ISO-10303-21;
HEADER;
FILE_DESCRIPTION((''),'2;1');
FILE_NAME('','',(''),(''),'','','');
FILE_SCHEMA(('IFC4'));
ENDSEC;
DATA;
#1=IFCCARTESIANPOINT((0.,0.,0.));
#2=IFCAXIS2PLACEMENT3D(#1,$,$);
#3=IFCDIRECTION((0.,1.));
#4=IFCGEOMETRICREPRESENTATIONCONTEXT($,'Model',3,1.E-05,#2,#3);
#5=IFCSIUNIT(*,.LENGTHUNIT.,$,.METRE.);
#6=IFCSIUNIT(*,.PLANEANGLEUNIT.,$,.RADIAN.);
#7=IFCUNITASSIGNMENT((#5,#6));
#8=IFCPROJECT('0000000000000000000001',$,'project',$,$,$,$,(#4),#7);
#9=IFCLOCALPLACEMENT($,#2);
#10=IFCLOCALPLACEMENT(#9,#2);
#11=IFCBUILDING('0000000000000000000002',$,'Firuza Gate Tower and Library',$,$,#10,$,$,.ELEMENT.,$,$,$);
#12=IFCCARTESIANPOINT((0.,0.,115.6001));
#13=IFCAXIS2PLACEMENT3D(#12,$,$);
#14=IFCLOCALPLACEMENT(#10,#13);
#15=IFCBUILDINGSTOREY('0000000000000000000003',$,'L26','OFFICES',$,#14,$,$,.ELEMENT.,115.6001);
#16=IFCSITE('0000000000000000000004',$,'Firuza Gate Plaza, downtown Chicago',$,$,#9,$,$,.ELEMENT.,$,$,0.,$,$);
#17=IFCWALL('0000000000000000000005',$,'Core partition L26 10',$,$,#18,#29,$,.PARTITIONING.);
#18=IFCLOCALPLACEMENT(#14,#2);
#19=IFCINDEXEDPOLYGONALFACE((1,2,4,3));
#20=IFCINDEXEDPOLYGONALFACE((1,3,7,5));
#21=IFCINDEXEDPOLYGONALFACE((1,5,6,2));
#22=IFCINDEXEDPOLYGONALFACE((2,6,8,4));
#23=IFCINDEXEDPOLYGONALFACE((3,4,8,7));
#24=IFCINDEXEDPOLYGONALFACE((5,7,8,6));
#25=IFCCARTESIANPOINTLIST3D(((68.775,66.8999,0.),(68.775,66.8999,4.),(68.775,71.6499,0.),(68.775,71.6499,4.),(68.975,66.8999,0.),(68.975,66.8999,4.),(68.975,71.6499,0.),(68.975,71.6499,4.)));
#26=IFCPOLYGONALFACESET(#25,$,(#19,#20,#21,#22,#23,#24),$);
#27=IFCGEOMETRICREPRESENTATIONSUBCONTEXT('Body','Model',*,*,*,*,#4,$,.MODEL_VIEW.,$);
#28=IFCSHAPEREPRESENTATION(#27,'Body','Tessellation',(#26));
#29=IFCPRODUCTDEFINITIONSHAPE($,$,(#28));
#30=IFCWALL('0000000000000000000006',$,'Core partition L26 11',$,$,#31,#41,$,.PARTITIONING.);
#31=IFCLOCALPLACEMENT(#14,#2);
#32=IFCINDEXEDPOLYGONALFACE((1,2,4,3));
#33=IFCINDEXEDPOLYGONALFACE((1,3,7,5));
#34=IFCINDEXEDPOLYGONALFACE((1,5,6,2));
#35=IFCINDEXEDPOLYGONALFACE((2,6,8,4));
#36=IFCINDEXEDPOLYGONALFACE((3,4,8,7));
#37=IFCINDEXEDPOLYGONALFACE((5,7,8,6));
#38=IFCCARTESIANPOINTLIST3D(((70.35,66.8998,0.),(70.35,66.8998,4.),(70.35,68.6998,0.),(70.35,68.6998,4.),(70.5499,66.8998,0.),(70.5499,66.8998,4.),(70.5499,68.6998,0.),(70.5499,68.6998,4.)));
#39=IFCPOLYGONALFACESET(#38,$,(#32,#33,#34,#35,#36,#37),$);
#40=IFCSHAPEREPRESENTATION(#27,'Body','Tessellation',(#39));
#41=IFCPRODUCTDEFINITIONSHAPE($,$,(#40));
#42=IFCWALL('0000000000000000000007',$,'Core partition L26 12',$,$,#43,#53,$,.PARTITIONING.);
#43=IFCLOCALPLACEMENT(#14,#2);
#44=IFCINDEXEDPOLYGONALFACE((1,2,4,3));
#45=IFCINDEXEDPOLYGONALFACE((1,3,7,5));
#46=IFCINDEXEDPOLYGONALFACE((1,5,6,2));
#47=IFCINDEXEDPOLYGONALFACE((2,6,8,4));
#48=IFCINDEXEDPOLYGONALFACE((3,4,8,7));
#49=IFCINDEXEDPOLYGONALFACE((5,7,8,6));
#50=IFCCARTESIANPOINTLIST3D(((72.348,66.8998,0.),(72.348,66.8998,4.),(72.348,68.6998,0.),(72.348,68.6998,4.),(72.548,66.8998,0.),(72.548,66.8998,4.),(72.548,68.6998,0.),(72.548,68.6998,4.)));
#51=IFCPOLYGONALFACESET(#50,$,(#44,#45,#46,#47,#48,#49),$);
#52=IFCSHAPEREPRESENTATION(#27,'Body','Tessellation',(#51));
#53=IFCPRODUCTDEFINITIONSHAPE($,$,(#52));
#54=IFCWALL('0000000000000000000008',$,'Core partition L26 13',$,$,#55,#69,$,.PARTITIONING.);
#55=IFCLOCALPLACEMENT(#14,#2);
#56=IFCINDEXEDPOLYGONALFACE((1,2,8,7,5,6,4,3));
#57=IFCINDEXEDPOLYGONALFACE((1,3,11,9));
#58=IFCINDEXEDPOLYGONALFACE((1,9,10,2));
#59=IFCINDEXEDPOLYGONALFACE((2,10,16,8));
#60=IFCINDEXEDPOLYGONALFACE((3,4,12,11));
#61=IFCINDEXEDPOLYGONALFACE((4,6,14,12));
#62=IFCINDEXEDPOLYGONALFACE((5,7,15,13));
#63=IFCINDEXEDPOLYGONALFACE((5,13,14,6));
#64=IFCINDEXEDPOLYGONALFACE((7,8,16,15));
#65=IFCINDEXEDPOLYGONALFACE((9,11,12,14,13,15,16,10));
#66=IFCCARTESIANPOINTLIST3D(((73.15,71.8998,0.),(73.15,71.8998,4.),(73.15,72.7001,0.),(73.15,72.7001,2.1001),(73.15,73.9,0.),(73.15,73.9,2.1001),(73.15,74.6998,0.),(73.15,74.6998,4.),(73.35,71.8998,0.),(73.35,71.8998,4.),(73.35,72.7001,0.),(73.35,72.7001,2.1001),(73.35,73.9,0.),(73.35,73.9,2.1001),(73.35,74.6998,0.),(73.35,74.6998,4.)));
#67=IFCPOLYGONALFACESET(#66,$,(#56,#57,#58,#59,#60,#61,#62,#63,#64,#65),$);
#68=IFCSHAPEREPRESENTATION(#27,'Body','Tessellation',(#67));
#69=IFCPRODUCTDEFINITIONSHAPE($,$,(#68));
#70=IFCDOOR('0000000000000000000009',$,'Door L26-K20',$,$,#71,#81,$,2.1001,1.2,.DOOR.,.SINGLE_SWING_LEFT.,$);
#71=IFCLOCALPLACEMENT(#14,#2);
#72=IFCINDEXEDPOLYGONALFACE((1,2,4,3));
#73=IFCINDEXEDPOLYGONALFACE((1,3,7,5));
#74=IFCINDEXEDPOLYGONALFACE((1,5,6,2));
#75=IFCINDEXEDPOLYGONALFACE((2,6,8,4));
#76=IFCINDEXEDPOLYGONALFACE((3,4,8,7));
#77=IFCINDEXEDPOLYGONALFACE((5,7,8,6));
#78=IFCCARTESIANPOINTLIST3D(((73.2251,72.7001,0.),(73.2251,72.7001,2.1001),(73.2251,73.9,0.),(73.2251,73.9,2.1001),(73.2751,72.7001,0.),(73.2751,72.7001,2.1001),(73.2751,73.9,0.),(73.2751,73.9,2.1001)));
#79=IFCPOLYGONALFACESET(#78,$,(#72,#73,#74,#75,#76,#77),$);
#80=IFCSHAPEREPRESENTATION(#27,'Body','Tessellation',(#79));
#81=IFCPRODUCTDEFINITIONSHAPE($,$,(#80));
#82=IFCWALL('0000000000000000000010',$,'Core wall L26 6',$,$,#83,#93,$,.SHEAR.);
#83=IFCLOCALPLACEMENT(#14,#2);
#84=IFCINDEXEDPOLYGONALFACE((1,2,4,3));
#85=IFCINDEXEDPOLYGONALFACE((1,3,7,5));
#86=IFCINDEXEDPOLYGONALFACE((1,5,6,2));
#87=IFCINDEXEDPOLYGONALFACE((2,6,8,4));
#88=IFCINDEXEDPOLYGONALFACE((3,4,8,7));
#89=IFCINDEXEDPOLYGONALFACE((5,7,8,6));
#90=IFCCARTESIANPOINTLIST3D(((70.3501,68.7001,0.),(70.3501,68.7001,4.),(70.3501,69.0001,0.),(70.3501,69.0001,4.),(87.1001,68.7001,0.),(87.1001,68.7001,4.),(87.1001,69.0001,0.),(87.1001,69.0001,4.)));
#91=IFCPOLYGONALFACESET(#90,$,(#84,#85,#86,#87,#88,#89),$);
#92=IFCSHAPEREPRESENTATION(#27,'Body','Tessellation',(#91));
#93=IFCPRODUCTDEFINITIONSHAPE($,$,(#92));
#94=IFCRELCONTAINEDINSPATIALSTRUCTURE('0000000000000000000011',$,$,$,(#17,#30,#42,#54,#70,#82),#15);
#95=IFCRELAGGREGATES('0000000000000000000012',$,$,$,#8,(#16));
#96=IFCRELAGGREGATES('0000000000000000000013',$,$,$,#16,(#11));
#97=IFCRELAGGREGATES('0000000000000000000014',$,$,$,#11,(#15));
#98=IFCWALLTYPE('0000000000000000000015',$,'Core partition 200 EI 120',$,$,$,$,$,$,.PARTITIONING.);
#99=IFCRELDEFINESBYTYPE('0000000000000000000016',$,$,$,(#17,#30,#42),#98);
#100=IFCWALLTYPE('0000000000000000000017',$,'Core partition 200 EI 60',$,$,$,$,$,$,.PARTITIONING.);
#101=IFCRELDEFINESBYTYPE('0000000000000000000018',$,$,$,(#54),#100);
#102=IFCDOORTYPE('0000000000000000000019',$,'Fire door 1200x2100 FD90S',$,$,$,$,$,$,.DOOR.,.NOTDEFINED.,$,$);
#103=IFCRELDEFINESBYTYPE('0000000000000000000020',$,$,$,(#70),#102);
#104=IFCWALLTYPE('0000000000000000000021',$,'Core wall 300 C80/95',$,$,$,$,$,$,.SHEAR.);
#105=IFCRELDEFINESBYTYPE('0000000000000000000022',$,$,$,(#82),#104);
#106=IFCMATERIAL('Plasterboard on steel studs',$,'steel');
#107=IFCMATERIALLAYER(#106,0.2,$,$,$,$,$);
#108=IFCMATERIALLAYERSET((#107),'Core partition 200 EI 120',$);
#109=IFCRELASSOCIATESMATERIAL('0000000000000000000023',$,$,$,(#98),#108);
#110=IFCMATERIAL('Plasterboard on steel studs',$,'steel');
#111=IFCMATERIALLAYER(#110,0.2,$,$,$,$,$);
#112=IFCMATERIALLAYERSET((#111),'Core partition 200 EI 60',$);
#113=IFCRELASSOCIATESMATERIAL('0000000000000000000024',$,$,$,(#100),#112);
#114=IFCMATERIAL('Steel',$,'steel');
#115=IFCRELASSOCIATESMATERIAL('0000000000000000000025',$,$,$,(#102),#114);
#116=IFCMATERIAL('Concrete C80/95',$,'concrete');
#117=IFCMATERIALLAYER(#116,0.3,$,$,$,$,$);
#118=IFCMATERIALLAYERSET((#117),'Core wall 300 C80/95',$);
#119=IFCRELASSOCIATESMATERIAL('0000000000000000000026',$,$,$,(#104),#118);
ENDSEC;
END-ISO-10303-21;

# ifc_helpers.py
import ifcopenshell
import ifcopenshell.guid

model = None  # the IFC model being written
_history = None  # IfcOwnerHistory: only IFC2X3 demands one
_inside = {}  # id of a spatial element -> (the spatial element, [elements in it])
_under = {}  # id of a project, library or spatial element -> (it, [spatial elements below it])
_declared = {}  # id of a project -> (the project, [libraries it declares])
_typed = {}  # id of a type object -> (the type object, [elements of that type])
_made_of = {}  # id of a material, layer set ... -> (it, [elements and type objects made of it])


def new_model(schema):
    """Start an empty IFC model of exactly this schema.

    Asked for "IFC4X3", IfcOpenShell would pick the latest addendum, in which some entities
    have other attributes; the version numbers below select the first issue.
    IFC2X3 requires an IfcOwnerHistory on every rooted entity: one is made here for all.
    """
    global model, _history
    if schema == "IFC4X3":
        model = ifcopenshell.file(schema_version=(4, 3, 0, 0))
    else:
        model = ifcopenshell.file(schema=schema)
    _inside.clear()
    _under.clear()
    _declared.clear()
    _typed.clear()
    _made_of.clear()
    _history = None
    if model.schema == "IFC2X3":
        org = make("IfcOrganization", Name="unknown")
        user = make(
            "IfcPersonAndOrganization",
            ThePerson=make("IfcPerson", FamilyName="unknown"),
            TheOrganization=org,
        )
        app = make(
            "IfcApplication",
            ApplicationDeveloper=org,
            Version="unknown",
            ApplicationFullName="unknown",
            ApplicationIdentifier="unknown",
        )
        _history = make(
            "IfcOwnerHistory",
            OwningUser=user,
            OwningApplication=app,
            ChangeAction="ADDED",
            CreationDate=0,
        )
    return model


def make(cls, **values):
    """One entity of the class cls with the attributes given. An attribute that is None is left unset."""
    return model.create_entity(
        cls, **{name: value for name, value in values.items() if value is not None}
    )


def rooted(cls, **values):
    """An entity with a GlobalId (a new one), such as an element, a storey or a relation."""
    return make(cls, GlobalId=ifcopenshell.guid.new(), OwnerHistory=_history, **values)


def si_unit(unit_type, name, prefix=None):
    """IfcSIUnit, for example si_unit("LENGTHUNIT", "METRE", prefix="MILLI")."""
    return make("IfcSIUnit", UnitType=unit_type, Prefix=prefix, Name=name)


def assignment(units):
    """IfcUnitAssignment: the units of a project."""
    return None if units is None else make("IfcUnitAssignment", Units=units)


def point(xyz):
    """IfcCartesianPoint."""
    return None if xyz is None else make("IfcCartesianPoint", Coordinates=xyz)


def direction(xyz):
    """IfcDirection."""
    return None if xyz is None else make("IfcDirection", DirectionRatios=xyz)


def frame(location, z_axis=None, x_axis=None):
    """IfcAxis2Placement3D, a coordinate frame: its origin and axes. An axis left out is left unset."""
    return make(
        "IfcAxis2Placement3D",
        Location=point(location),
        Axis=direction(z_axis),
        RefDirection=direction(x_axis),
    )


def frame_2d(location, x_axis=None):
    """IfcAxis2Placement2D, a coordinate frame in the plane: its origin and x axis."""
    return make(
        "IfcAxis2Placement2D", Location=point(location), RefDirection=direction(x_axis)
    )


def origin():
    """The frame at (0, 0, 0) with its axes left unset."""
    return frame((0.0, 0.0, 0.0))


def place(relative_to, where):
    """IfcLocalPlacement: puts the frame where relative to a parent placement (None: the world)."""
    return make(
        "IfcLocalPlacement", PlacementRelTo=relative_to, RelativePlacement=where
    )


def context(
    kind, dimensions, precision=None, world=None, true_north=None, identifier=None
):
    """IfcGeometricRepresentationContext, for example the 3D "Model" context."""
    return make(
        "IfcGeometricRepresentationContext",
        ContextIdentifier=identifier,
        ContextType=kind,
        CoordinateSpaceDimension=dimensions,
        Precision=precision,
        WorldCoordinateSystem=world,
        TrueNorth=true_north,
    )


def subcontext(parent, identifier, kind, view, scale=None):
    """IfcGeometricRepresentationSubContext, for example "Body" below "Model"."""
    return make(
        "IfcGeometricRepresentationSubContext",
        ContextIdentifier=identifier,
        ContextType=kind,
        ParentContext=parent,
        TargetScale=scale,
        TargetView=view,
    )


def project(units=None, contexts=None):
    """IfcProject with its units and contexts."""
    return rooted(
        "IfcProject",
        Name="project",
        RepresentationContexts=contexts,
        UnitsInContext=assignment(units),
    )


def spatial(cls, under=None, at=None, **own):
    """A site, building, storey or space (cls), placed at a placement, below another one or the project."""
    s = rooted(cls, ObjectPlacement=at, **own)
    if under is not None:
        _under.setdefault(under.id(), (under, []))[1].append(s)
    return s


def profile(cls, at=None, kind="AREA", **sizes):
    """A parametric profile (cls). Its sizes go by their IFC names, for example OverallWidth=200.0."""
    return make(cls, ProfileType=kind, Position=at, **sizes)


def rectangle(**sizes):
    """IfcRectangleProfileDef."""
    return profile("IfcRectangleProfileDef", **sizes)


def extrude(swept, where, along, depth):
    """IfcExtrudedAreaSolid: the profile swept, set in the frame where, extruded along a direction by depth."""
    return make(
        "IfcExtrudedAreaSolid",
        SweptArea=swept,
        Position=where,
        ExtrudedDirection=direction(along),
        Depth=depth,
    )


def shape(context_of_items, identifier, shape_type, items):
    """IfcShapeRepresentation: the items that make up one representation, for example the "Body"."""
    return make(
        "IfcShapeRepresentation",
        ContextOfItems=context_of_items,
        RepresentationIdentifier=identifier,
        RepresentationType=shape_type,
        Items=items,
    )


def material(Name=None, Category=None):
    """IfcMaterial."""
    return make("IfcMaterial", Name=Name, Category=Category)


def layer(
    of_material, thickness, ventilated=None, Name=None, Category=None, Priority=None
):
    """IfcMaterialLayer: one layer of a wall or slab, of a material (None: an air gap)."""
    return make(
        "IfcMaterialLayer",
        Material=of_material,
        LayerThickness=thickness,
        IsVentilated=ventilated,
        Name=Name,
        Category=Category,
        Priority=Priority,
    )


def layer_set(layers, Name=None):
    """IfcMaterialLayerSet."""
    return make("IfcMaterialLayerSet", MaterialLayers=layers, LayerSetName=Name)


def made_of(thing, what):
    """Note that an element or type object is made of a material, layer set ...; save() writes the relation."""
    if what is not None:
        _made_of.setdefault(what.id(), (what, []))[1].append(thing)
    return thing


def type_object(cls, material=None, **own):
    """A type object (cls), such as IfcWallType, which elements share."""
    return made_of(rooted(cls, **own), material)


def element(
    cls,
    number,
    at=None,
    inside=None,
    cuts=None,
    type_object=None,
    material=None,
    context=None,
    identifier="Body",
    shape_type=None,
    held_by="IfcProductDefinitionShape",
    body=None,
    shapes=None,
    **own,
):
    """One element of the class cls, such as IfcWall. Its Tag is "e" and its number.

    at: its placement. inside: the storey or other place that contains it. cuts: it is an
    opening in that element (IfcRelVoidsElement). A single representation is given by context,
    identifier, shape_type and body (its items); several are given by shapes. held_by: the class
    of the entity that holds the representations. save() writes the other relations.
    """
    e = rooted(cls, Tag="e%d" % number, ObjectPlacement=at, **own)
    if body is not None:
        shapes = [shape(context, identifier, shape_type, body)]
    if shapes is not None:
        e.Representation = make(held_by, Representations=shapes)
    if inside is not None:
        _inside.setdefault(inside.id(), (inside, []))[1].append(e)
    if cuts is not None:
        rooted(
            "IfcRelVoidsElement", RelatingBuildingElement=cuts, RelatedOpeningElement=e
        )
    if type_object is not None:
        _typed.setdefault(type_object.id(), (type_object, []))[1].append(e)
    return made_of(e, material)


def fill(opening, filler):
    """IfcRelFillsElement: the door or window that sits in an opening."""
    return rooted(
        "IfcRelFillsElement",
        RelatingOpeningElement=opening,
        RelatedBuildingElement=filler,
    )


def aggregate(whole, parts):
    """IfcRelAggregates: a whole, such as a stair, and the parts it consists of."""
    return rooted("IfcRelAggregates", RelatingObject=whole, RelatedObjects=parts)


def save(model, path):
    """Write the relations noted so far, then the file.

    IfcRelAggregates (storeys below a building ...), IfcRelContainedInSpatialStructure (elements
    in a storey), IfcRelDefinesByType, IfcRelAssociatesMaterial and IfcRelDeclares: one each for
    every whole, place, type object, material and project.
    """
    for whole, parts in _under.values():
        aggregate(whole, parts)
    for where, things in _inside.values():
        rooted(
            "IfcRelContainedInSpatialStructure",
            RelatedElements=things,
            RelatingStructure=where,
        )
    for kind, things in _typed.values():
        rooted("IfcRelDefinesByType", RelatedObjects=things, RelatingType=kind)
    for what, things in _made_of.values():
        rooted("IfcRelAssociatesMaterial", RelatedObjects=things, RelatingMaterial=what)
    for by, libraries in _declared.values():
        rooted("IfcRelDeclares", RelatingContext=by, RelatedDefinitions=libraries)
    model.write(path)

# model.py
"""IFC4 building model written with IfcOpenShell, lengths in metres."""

from ifc_helpers import new_model, si_unit, direction, frame, frame_2d, origin, place, context, subcontext, project, spatial, rectangle, extrude, material, layer, layer_set, type_object, element, fill, save


model = new_model("IFC4")

# Units and contexts
model_context = context("Model", 3, precision=1e-05, world=origin(), true_north=direction((0.0, 1.0)))
body_context = subcontext(model_context, "Body", "Model", "MODEL_VIEW")
ifc_project = project(units=[si_unit("LENGTHUNIT", "METRE"), si_unit("PLANEANGLEUNIT", "RADIAN")], contexts=[model_context])

# Site, building, storey
site_placement = place(None, origin())
site = spatial("IfcSite", under=ifc_project, at=site_placement, Name="Firuza Gate Plaza, downtown Chicago", CompositionType="ELEMENT", RefElevation=0.0)
building_placement = place(site_placement, origin())
building = spatial("IfcBuilding", under=site, at=building_placement, Name="Firuza Gate Tower and Library", CompositionType="ELEMENT")
storey_placement = place(building_placement, frame((0.0, 0.0, 115.6001)))
storey = spatial("IfcBuildingStorey", under=building, at=storey_placement, Name="L26", Description="OFFICES", CompositionType="ELEMENT", Elevation=115.6001)

# Walls
ifc_material_1 = material(Name="Plasterboard on steel studs", Category="steel")
ifc_layer_1 = layer(ifc_material_1, 0.2)
ifc_layer_set_1 = layer_set([ifc_layer_1], Name="Core partition 200 EI 120")
wall_type_1 = type_object("IfcWallType", Name="Core partition 200 EI 120", PredefinedType="PARTITIONING", material=ifc_layer_set_1)
wall_1_placement = place(storey_placement, frame((68.875, 66.8999, 0.0), z_axis=(0.0, 0.0, 1.0), x_axis=(0.0, 1.0, 0.0)))
element("IfcWall", 1, at=wall_1_placement, inside=storey, type_object=wall_type_1, Name="Core partition L26 10", PredefinedType="PARTITIONING", context=body_context, shape_type="SweptSolid", body=[
    extrude(rectangle(XDim=4.75, YDim=0.2, at=frame_2d((2.375, 0.0))), origin(), (0.0, 0.0, 1.0), 4.0),
])
for number, where, z_axis, x_axis, name in (
    (2, (70.45, 66.8999, 0.0), (0.0, 0.0, 1.0), (0.0, 1.0, 0.0), "Core partition L26 11"),
    (3, (72.448, 66.8999, 0.0), (0.0, 0.0, 1.0), (0.0, 1.0, 0.0), "Core partition L26 12"),
):
    element("IfcWall", number, at=place(storey_placement, frame(where, z_axis=z_axis, x_axis=x_axis)), inside=storey, type_object=wall_type_1, Name=name, PredefinedType="PARTITIONING", context=body_context, shape_type="SweptSolid", body=[
        extrude(rectangle(XDim=1.8, YDim=0.2, at=frame_2d((0.8999, 0.0))), origin(), (0.0, 0.0, 1.0), 4.0),
    ])

# Wall, opening, door
ifc_material_2 = material(Name="Plasterboard on steel studs", Category="steel")
ifc_layer_2 = layer(ifc_material_2, 0.2)
ifc_layer_set_2 = layer_set([ifc_layer_2], Name="Core partition 200 EI 60")
wall_type_2 = type_object("IfcWallType", Name="Core partition 200 EI 60", PredefinedType="PARTITIONING", material=ifc_layer_set_2)
wall_2_placement = place(storey_placement, frame((73.25, 71.8999, 0.0), z_axis=(0.0, 0.0, 1.0), x_axis=(0.0, 1.0, 0.0)))
wall_2 = element("IfcWall", 4, at=wall_2_placement, inside=storey, type_object=wall_type_2, Name="Core partition L26 13", PredefinedType="PARTITIONING", context=body_context, shape_type="SweptSolid", body=[
    extrude(rectangle(XDim=2.8, YDim=0.2, at=frame_2d((1.3999, 0.0))), origin(), (0.0, 0.0, 1.0), 4.0),
])
opening_1_placement = place(wall_2_placement, frame((0.8, 0.0, 0.0)))
opening_1 = element("IfcOpeningElement", 5, at=opening_1_placement, cuts=wall_2, PredefinedType="OPENING", context=body_context, shape_type="SweptSolid", body=[
    extrude(rectangle(XDim=1.2, YDim=2.1001, at=frame_2d((0.6001, 1.05))), frame((0.0, 0.1099, 0.0), z_axis=(0.0, -1.0, 0.0), x_axis=(1.0, 0.0, 0.0)), (0.0, 0.0, 1.0), 0.22),
])
ifc_material_3 = material(Name="Steel", Category="steel")
door_type_1 = type_object("IfcDoorType", Name="Fire door 1200x2100 FD90S", OperationType="NOTDEFINED", PredefinedType="DOOR", material=ifc_material_3)
door_1_placement = place(opening_1_placement, origin())
door_1 = element("IfcDoor", 6, at=door_1_placement, inside=storey, type_object=door_type_1, Name="Door L26-K20", OperationType="SINGLE_SWING_LEFT", OverallHeight=2.1001, OverallWidth=1.2, PredefinedType="DOOR", context=body_context, shape_type="SweptSolid", body=[
    extrude(rectangle(XDim=1.2, YDim=2.1001, at=frame_2d((0.6001, 1.05))), frame((0.0, 0.0249, 0.0), z_axis=(0.0, -1.0, 0.0), x_axis=(1.0, 0.0, 0.0)), (0.0, 0.0, 1.0), 0.05),
])
fill(opening_1, door_1)

# Wall
ifc_material_4 = material(Name="Concrete C80/95", Category="concrete")
ifc_layer_3 = layer(ifc_material_4, 0.3)
ifc_layer_set_3 = layer_set([ifc_layer_3], Name="Core wall 300 C80/95")
wall_type_3 = type_object("IfcWallType", Name="Core wall 300 C80/95", PredefinedType="SHEAR", material=ifc_layer_set_3)
wall_3_placement = place(storey_placement, frame((70.3501, 68.8501, 0.0), z_axis=(0.0, 0.0, 1.0), x_axis=(1.0, 0.0, 0.0)))
element("IfcWall", 7, at=wall_3_placement, inside=storey, type_object=wall_type_3, Name="Core wall L26 6", PredefinedType="SHEAR", context=body_context, shape_type="SweptSolid", body=[
    extrude(rectangle(XDim=16.75, YDim=0.3, at=frame_2d((8.375, 0.0))), origin(), (0.0, 0.0, 1.0), 4.0),
])

save(model, "model.ifc")
